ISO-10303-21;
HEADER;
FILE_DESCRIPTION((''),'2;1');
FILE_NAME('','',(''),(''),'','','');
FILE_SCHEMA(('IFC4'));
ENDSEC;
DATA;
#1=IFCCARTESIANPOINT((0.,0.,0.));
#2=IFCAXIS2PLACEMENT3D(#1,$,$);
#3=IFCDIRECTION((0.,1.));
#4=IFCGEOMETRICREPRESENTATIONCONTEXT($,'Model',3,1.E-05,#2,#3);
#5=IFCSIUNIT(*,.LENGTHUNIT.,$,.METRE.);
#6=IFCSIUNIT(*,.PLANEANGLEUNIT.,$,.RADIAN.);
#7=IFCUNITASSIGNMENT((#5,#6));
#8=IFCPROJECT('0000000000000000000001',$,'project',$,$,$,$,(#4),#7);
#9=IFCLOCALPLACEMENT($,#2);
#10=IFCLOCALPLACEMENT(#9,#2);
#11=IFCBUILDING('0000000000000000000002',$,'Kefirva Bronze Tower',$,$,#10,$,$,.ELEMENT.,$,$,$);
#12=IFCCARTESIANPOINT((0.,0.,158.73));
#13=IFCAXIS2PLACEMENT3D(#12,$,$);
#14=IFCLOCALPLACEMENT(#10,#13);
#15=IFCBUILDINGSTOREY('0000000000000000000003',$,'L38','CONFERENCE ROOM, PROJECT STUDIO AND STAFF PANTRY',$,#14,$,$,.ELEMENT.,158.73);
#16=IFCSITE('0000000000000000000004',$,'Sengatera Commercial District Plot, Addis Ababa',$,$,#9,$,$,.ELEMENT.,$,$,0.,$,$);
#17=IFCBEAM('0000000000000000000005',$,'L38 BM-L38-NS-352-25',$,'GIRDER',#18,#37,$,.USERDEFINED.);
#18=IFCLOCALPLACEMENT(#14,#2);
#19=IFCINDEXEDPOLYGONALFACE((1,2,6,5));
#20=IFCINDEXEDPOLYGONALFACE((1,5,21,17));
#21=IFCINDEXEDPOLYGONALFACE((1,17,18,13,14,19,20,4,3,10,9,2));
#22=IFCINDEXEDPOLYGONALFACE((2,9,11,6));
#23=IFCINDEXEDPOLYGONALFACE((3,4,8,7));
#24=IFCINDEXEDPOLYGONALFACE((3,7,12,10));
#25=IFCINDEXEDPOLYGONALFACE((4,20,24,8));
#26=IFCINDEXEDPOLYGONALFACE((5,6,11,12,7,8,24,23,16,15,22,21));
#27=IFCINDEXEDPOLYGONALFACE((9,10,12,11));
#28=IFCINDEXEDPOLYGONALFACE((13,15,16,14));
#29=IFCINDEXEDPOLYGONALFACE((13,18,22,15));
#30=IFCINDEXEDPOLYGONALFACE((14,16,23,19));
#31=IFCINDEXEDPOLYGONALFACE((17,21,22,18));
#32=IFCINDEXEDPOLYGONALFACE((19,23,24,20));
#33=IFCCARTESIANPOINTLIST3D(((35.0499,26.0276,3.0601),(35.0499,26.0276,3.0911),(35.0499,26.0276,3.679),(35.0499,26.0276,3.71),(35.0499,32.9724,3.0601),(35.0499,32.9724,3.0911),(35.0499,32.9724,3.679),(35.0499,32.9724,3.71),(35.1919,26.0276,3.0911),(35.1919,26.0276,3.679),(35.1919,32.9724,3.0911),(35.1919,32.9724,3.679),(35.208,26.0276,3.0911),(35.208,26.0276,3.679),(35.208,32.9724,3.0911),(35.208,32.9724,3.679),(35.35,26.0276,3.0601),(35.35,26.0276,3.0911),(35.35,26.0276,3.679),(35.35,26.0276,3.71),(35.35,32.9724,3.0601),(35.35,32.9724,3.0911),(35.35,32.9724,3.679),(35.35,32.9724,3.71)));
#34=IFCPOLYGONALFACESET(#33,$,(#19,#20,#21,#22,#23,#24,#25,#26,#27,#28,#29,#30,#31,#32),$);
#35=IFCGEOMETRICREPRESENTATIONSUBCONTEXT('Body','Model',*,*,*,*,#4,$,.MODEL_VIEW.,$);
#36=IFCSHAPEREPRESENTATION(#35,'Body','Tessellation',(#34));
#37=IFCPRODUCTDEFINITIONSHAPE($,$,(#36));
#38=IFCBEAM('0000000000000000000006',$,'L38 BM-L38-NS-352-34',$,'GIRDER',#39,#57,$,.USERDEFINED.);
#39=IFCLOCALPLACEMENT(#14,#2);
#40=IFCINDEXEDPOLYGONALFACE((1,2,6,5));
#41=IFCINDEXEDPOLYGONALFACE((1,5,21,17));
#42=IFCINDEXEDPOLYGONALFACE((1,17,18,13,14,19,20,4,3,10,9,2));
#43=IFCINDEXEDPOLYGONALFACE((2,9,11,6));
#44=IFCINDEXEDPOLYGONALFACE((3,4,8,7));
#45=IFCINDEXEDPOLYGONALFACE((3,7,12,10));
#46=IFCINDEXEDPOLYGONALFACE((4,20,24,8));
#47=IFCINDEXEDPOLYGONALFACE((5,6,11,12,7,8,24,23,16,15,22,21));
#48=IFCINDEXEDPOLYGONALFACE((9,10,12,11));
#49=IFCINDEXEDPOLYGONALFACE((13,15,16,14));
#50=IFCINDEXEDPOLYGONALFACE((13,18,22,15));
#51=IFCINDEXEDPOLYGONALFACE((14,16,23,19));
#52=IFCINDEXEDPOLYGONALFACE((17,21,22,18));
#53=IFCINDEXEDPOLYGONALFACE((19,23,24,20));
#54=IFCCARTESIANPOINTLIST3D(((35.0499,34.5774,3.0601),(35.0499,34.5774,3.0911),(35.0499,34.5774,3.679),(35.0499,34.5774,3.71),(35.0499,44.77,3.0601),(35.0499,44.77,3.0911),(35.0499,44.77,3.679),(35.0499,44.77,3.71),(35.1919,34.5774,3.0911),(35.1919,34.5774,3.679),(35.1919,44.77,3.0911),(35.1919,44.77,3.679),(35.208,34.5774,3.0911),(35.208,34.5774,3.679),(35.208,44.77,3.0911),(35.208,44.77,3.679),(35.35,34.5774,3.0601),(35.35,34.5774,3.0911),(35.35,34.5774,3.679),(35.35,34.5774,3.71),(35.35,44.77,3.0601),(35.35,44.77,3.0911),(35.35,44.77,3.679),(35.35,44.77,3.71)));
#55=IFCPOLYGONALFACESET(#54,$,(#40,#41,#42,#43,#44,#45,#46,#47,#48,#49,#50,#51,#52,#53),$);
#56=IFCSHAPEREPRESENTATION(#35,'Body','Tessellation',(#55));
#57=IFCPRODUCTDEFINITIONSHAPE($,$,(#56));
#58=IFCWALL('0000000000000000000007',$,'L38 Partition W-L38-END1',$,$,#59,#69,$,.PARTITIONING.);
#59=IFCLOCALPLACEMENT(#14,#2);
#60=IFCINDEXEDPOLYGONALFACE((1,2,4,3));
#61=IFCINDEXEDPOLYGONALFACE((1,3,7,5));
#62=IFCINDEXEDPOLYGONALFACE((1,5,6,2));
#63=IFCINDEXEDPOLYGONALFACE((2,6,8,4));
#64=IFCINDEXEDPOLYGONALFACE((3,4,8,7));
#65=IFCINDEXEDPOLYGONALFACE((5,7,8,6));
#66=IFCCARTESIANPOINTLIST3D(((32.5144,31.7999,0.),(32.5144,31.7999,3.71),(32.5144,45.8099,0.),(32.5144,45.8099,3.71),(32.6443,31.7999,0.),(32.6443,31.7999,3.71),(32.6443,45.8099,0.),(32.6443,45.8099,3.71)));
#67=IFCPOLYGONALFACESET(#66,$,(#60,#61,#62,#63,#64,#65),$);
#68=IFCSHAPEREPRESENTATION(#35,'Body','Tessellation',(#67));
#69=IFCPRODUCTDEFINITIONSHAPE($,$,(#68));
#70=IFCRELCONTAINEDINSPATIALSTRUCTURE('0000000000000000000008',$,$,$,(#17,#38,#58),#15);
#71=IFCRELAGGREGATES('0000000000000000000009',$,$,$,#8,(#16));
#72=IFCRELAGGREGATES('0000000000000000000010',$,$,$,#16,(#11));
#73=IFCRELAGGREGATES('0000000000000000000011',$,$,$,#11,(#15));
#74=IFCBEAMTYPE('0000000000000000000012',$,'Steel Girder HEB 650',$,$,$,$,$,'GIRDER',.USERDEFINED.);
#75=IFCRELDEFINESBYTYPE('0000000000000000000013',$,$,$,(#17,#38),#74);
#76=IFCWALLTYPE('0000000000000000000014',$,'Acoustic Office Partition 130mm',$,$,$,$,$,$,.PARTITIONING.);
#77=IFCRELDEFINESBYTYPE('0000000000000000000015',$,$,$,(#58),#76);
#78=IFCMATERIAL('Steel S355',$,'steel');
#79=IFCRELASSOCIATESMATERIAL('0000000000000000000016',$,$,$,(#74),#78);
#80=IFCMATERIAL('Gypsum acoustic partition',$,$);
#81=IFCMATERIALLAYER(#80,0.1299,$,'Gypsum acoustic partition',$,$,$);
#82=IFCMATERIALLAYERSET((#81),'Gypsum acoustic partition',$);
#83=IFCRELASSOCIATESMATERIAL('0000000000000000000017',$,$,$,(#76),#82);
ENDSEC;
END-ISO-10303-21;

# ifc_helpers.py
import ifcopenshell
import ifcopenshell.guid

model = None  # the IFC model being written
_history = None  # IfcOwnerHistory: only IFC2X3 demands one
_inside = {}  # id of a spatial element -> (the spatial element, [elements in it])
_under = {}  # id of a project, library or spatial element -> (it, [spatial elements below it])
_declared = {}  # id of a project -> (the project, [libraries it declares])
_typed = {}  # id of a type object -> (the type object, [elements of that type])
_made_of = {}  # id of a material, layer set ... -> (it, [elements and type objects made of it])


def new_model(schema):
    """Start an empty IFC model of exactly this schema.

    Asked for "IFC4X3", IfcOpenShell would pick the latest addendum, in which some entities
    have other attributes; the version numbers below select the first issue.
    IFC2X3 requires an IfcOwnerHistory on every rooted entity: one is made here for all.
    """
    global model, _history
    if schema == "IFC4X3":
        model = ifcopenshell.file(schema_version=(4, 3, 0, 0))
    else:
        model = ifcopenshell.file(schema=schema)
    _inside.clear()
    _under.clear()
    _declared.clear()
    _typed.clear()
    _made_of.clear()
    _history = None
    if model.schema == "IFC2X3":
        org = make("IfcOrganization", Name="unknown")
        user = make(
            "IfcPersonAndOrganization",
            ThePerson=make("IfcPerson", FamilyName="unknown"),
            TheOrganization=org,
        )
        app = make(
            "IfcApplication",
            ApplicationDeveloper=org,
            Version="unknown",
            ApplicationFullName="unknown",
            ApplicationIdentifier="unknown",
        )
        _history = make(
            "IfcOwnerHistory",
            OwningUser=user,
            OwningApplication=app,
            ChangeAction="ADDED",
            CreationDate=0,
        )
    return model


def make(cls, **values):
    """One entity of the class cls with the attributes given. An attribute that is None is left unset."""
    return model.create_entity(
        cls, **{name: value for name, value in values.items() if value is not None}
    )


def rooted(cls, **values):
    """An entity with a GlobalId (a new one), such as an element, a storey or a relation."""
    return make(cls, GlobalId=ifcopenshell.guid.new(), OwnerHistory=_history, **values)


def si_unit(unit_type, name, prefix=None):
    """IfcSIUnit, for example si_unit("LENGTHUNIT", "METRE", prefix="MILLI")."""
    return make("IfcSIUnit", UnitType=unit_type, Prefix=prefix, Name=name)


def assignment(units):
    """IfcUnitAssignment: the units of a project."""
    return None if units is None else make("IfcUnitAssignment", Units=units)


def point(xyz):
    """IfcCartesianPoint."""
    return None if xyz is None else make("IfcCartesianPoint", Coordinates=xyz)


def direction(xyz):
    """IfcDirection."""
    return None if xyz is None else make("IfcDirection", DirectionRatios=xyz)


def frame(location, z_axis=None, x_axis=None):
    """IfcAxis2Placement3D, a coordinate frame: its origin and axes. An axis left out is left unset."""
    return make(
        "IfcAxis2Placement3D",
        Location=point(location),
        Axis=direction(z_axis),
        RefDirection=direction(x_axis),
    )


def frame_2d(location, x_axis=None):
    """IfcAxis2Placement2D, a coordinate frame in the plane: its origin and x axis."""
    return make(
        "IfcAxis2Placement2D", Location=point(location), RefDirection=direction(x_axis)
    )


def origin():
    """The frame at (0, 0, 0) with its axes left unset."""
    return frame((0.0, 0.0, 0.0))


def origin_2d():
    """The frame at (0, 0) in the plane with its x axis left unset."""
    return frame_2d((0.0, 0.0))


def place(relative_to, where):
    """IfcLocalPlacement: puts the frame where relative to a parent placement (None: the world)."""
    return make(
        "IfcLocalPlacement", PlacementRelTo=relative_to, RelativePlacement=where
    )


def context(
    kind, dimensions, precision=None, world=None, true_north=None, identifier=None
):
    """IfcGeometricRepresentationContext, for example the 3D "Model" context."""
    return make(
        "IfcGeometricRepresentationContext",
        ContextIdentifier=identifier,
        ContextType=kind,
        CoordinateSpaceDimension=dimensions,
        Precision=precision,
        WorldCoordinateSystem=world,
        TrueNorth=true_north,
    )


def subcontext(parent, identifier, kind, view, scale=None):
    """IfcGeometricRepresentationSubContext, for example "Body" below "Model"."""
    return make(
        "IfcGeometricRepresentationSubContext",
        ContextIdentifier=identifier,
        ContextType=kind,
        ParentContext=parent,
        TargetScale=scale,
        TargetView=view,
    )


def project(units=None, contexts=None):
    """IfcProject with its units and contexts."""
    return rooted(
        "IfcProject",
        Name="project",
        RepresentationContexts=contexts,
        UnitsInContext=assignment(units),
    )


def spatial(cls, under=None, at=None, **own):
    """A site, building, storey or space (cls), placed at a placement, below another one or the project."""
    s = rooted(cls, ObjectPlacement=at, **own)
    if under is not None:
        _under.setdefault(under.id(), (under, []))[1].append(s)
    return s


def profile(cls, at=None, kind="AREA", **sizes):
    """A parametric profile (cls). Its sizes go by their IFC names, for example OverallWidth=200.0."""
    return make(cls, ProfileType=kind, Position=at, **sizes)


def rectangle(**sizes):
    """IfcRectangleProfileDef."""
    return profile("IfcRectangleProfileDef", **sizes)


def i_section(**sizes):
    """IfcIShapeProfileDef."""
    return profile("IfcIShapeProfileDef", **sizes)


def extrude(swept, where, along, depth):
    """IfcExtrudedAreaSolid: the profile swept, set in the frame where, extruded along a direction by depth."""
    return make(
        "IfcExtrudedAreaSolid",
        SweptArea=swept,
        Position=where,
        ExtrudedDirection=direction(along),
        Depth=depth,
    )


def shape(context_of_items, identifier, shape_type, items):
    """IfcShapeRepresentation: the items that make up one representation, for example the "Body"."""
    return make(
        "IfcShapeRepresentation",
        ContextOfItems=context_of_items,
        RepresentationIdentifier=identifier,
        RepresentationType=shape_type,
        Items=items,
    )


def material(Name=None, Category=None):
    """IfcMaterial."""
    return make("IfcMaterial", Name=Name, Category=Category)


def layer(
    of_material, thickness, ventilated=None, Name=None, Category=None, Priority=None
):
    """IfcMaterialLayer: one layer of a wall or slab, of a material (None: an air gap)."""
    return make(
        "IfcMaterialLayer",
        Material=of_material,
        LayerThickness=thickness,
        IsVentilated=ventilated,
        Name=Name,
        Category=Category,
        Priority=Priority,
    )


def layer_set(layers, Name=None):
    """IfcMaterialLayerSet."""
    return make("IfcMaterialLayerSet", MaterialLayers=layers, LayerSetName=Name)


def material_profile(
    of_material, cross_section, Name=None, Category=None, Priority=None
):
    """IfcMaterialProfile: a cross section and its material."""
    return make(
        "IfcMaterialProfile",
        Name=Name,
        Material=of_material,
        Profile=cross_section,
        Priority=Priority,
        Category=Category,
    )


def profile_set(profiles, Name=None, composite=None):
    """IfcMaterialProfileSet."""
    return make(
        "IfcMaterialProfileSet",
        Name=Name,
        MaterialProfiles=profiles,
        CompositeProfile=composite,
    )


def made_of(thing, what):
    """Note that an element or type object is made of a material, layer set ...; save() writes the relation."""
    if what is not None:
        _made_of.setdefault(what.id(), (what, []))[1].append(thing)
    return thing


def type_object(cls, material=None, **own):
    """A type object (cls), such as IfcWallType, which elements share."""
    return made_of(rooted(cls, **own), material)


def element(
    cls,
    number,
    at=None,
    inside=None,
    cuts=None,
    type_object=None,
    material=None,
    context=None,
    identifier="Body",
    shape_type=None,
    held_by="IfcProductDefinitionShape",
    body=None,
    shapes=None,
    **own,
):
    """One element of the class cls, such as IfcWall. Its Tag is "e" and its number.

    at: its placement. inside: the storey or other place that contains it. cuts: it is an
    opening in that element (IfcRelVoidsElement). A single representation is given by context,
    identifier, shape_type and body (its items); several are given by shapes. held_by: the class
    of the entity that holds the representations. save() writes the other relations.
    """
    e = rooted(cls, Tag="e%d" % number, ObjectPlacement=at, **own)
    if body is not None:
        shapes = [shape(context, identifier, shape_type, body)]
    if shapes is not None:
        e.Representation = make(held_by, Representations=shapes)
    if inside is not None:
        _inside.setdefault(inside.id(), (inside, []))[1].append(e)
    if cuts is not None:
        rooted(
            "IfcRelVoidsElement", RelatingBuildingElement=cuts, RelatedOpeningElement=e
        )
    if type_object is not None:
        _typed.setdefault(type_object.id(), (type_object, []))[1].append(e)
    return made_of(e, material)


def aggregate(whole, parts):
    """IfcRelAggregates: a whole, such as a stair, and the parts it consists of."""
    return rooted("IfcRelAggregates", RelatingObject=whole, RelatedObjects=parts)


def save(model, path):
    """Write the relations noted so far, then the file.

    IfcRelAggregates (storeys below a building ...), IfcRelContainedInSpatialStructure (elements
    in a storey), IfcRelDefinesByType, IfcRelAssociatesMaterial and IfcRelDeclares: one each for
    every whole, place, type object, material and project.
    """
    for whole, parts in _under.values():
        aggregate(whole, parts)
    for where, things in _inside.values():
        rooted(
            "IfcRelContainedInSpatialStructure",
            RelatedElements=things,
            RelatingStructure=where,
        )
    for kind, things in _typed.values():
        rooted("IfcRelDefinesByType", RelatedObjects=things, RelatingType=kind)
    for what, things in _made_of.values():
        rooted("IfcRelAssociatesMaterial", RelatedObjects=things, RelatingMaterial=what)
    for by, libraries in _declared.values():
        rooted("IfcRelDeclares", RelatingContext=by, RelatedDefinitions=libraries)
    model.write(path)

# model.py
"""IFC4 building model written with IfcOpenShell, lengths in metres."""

from ifc_helpers import new_model, si_unit, direction, frame, frame_2d, origin, origin_2d, place, context, subcontext, project, spatial, rectangle, i_section, extrude, material, layer, layer_set, material_profile, profile_set, type_object, element, save


model = new_model("IFC4")

# Units and contexts
model_context = context("Model", 3, precision=1e-05, world=origin(), true_north=direction((0.0, 1.0)))
body_context = subcontext(model_context, "Body", "Model", "MODEL_VIEW")
ifc_project = project(units=[si_unit("LENGTHUNIT", "METRE"), si_unit("PLANEANGLEUNIT", "RADIAN")], contexts=[model_context])

# Site, building, storey
site_placement = place(None, origin())
site = spatial("IfcSite", under=ifc_project, at=site_placement, Name="Sengatera Commercial District Plot, Addis Ababa", CompositionType="ELEMENT", RefElevation=0.0)
building_placement = place(site_placement, origin())
building = spatial("IfcBuilding", under=site, at=building_placement, Name="Kefirva Bronze Tower", CompositionType="ELEMENT")
storey_placement = place(building_placement, frame((0.0, 0.0, 158.73)))
storey = spatial("IfcBuildingStorey", under=building, at=storey_placement, Name="L38", Description="CONFERENCE ROOM, PROJECT STUDIO AND STAFF PANTRY", CompositionType="ELEMENT", Elevation=158.73)

# Beams
ifc_material_1 = material(Name="Steel S355", Category="steel")
ifc_material_profile_1 = material_profile(ifc_material_1, i_section(OverallWidth=0.3, OverallDepth=0.6499, WebThickness=0.0161, FlangeThickness=0.031, at=origin_2d()), Name="HEB 650")
ifc_profile_set_1 = profile_set([ifc_material_profile_1], Name="Steel S355")
beam_type_1 = type_object("IfcBeamType", Name="Steel Girder HEB 650", ElementType="GIRDER", PredefinedType="USERDEFINED", material=ifc_profile_set_1)
beam_1_placement = place(storey_placement, frame((35.2, 26.0276, 3.385), z_axis=(0.0, 1.0, 0.0), x_axis=(-1.0, 0.0, 0.0)))
element("IfcBeam", 1, at=beam_1_placement, inside=storey, type_object=beam_type_1, Name="L38 BM-L38-NS-352-25", ObjectType="GIRDER", PredefinedType="USERDEFINED", context=body_context, shape_type="SweptSolid", body=[
    extrude(i_section(OverallWidth=0.3, OverallDepth=0.6499, WebThickness=0.0161, FlangeThickness=0.031, at=origin_2d()), origin(), (0.0, 0.0, 1.0), 6.9448),
])
beam_2_placement = place(storey_placement, frame((35.2, 34.5774, 3.385), z_axis=(0.0, 1.0, 0.0), x_axis=(-1.0, 0.0, 0.0)))
element("IfcBeam", 2, at=beam_2_placement, inside=storey, type_object=beam_type_1, Name="L38 BM-L38-NS-352-34", ObjectType="GIRDER", PredefinedType="USERDEFINED", context=body_context, shape_type="SweptSolid", body=[
    extrude(i_section(OverallWidth=0.3, OverallDepth=0.6499, WebThickness=0.0161, FlangeThickness=0.031, at=origin_2d()), origin(), (0.0, 0.0, 1.0), 10.1926),
])

# Wall
ifc_material_2 = material(Name="Gypsum acoustic partition")
ifc_layer = layer(ifc_material_2, 0.1299, Name="Gypsum acoustic partition")
ifc_layer_set = layer_set([ifc_layer], Name="Gypsum acoustic partition")
wall_type = type_object("IfcWallType", Name="Acoustic Office Partition 130mm", PredefinedType="PARTITIONING", material=ifc_layer_set)
wall_placement = place(storey_placement, frame((32.5793, 31.8, 0.0), z_axis=(0.0, 0.0, 1.0), x_axis=(0.0, 1.0, 0.0)))
element("IfcWall", 3, at=wall_placement, inside=storey, type_object=wall_type, Name="L38 Partition W-L38-END1", PredefinedType="PARTITIONING", context=body_context, shape_type="SweptSolid", body=[
    extrude(rectangle(XDim=14.01, YDim=0.1299, at=frame_2d((7.0049, 0.0))), origin(), (0.0, 0.0, 1.0), 3.71),
])

save(model, "model.ifc")
